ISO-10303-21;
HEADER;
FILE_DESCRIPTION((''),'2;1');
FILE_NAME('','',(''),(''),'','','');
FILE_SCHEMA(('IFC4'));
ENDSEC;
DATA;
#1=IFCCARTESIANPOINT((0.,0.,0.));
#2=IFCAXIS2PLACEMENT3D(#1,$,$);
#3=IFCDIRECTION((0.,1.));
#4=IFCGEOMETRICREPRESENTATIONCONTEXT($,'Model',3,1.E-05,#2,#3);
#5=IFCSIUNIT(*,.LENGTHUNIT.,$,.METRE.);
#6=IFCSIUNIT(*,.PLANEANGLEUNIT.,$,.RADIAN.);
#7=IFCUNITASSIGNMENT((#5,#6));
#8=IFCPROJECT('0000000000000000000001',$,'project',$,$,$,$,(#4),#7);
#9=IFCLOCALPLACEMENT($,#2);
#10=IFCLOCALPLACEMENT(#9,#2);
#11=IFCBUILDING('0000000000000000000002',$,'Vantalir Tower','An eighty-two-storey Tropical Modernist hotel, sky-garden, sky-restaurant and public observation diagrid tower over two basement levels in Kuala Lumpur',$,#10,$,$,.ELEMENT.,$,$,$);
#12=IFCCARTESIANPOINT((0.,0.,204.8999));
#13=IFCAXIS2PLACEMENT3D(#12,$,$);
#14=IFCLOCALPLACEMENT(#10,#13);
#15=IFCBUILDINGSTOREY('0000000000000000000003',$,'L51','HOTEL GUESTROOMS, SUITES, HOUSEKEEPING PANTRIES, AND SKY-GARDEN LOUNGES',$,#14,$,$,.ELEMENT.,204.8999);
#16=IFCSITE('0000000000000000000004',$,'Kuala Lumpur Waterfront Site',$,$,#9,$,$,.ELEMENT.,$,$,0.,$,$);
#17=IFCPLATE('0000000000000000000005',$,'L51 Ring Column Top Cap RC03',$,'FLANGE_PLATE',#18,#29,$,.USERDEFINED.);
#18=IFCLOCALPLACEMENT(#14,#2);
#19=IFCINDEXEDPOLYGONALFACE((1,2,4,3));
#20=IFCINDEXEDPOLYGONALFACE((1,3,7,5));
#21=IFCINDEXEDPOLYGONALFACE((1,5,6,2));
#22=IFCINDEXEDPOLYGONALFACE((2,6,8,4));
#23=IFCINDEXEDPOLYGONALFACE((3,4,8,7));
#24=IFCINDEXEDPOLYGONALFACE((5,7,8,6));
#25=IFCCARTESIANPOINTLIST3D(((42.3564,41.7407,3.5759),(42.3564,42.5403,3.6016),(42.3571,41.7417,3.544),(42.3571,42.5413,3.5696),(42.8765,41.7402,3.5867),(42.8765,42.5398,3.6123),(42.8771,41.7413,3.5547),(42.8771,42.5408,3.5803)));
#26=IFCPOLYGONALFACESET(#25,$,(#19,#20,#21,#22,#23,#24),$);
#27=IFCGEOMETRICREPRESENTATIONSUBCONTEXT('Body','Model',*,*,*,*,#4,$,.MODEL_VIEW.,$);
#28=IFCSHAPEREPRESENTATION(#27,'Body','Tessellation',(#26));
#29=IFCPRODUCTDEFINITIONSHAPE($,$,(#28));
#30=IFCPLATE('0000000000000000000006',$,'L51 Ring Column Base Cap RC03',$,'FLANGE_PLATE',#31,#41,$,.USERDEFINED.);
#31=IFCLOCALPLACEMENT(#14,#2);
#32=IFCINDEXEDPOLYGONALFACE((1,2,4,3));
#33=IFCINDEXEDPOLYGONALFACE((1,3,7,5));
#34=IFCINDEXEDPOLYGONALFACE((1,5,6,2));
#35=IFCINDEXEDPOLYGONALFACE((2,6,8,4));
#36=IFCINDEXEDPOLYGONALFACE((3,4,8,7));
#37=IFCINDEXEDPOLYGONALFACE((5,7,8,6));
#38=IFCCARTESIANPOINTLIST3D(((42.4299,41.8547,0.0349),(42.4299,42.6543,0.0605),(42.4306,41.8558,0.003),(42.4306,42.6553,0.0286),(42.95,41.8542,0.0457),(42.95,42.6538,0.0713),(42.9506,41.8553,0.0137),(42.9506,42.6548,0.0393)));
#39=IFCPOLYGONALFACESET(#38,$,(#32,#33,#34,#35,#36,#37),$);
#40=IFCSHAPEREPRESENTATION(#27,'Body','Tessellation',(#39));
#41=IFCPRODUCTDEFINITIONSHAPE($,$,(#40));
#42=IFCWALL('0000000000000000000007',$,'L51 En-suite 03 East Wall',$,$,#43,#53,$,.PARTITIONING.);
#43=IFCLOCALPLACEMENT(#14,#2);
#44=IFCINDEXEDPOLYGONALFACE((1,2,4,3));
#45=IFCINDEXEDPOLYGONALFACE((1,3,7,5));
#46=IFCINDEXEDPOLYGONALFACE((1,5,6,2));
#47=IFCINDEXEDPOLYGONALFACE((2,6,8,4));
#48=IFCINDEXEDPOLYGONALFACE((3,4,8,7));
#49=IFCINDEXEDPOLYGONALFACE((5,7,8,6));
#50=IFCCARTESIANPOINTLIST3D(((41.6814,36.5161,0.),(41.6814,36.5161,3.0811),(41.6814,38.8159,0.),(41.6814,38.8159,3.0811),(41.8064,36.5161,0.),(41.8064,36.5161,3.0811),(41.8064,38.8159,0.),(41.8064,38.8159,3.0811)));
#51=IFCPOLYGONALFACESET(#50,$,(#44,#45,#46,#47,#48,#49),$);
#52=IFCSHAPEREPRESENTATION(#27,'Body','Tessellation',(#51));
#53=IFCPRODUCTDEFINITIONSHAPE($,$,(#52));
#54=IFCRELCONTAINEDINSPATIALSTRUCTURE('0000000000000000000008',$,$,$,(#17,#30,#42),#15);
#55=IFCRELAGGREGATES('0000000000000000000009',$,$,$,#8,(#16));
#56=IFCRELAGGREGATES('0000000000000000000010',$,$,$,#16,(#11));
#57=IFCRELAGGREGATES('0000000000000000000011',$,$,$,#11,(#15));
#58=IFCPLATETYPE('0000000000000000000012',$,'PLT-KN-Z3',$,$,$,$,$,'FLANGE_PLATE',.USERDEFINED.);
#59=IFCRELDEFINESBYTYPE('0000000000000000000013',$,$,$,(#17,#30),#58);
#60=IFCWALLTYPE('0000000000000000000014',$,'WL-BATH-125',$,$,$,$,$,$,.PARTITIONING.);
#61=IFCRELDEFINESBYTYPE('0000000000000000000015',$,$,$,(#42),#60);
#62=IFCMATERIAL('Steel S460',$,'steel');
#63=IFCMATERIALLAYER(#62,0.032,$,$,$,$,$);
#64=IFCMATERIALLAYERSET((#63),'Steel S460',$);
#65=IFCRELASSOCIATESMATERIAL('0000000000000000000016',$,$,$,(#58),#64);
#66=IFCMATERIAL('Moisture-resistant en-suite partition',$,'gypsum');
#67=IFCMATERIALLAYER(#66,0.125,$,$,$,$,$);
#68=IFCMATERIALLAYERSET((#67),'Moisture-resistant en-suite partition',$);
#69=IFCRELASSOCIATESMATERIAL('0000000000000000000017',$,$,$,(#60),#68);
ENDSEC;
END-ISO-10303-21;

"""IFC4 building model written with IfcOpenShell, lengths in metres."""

from ifc_helpers import new_model, si_unit, direction, frame, frame_2d, origin, place, context, subcontext, project, spatial, polyline, rectangle, outline, extrude, material, layer, layer_set, type_object, element, save


model = new_model("IFC4")

# Units and contexts
model_context = context("Model", 3, precision=1e-05, world=origin(), true_north=direction((0.0, 1.0)))
body_context = subcontext(model_context, "Body", "Model", "MODEL_VIEW")
ifc_project = project(units=[si_unit("LENGTHUNIT", "METRE"), si_unit("PLANEANGLEUNIT", "RADIAN")], contexts=[model_context])

# Site, building, storey
site_placement = place(None, origin())
site = spatial("IfcSite", under=ifc_project, at=site_placement, Name="Kuala Lumpur Waterfront Site", CompositionType="ELEMENT", RefElevation=0.0)
building_placement = place(site_placement, origin())
building = spatial("IfcBuilding", under=site, at=building_placement, Name="Vantalir Tower", Description="An eighty-two-storey Tropical Modernist hotel, sky-garden, sky-restaurant and public observation diagrid tower over two basement levels in Kuala Lumpur", CompositionType="ELEMENT")
storey_placement = place(building_placement, frame((0.0, 0.0, 204.8999)))
storey = spatial("IfcBuildingStorey", under=building, at=storey_placement, Name="L51", Description="HOTEL GUESTROOMS, SUITES, HOUSEKEEPING PANTRIES, AND SKY-GARDEN LOUNGES", CompositionType="ELEMENT", Elevation=204.8999)

# Shared definitions
ifc_material_1 = material(Name="Steel S460", Category="steel")

# Plates
ifc_layer_1 = layer(ifc_material_1, 0.032)
ifc_layer_set_1 = layer_set([ifc_layer_1], Name="Steel S460")
plate_type_1 = type_object("IfcPlateType", Name="PLT-KN-Z3", ElementType="FLANGE_PLATE", PredefinedType="USERDEFINED", material=ifc_layer_set_1)
for number, where, z_axis, x_axis, name in (
    (1, (42.3564, 42.5403, 3.6016), (-0.020672, -0.032038, 0.999273), (0.0, -0.999486, -0.032045), "L51 Ring Column Top Cap RC03"),
    (2, (42.4299, 42.6543, 0.0605), (-0.020672, -0.032038, 0.999273), (0.0, -0.999486, -0.032045), "L51 Ring Column Base Cap RC03"),
):
    element("IfcPlate", number, at=place(storey_placement, frame(where, z_axis=z_axis, x_axis=x_axis)), inside=storey, type_object=plate_type_1, Name=name, ObjectType="FLANGE_PLATE", PredefinedType="USERDEFINED", context=body_context, shape_type="SweptSolid", body=[
        extrude(outline(polyline([(0.0, 0.0), (0.8, 0.0), (0.8001, 0.5201), (0.0001, 0.5201), (0.0, 0.0)])), origin(), (0.0, 0.0, -1.0), 0.032),
    ])

# Wall
ifc_material_2 = material(Name="Moisture-resistant en-suite partition", Category="gypsum")
ifc_layer_2 = layer(ifc_material_2, 0.125)
ifc_layer_set_2 = layer_set([ifc_layer_2], Name="Moisture-resistant en-suite partition")
wall_type = type_object("IfcWallType", Name="WL-BATH-125", PredefinedType="PARTITIONING", material=ifc_layer_set_2)
wall_placement = place(storey_placement, frame((41.7439, 36.5161, 0.0), z_axis=(0.0, 0.0, 1.0), x_axis=(0.0, 1.0, 0.0)))
element("IfcWall", 3, at=wall_placement, inside=storey, type_object=wall_type, Name="L51 En-suite 03 East Wall", PredefinedType="PARTITIONING", context=body_context, shape_type="SweptSolid", body=[
    extrude(rectangle(XDim=2.2998, YDim=0.125, at=frame_2d((1.1499, 0.0))), origin(), (0.0, 0.0, 1.0), 3.0811),
])

save(model, "model.ifc")
